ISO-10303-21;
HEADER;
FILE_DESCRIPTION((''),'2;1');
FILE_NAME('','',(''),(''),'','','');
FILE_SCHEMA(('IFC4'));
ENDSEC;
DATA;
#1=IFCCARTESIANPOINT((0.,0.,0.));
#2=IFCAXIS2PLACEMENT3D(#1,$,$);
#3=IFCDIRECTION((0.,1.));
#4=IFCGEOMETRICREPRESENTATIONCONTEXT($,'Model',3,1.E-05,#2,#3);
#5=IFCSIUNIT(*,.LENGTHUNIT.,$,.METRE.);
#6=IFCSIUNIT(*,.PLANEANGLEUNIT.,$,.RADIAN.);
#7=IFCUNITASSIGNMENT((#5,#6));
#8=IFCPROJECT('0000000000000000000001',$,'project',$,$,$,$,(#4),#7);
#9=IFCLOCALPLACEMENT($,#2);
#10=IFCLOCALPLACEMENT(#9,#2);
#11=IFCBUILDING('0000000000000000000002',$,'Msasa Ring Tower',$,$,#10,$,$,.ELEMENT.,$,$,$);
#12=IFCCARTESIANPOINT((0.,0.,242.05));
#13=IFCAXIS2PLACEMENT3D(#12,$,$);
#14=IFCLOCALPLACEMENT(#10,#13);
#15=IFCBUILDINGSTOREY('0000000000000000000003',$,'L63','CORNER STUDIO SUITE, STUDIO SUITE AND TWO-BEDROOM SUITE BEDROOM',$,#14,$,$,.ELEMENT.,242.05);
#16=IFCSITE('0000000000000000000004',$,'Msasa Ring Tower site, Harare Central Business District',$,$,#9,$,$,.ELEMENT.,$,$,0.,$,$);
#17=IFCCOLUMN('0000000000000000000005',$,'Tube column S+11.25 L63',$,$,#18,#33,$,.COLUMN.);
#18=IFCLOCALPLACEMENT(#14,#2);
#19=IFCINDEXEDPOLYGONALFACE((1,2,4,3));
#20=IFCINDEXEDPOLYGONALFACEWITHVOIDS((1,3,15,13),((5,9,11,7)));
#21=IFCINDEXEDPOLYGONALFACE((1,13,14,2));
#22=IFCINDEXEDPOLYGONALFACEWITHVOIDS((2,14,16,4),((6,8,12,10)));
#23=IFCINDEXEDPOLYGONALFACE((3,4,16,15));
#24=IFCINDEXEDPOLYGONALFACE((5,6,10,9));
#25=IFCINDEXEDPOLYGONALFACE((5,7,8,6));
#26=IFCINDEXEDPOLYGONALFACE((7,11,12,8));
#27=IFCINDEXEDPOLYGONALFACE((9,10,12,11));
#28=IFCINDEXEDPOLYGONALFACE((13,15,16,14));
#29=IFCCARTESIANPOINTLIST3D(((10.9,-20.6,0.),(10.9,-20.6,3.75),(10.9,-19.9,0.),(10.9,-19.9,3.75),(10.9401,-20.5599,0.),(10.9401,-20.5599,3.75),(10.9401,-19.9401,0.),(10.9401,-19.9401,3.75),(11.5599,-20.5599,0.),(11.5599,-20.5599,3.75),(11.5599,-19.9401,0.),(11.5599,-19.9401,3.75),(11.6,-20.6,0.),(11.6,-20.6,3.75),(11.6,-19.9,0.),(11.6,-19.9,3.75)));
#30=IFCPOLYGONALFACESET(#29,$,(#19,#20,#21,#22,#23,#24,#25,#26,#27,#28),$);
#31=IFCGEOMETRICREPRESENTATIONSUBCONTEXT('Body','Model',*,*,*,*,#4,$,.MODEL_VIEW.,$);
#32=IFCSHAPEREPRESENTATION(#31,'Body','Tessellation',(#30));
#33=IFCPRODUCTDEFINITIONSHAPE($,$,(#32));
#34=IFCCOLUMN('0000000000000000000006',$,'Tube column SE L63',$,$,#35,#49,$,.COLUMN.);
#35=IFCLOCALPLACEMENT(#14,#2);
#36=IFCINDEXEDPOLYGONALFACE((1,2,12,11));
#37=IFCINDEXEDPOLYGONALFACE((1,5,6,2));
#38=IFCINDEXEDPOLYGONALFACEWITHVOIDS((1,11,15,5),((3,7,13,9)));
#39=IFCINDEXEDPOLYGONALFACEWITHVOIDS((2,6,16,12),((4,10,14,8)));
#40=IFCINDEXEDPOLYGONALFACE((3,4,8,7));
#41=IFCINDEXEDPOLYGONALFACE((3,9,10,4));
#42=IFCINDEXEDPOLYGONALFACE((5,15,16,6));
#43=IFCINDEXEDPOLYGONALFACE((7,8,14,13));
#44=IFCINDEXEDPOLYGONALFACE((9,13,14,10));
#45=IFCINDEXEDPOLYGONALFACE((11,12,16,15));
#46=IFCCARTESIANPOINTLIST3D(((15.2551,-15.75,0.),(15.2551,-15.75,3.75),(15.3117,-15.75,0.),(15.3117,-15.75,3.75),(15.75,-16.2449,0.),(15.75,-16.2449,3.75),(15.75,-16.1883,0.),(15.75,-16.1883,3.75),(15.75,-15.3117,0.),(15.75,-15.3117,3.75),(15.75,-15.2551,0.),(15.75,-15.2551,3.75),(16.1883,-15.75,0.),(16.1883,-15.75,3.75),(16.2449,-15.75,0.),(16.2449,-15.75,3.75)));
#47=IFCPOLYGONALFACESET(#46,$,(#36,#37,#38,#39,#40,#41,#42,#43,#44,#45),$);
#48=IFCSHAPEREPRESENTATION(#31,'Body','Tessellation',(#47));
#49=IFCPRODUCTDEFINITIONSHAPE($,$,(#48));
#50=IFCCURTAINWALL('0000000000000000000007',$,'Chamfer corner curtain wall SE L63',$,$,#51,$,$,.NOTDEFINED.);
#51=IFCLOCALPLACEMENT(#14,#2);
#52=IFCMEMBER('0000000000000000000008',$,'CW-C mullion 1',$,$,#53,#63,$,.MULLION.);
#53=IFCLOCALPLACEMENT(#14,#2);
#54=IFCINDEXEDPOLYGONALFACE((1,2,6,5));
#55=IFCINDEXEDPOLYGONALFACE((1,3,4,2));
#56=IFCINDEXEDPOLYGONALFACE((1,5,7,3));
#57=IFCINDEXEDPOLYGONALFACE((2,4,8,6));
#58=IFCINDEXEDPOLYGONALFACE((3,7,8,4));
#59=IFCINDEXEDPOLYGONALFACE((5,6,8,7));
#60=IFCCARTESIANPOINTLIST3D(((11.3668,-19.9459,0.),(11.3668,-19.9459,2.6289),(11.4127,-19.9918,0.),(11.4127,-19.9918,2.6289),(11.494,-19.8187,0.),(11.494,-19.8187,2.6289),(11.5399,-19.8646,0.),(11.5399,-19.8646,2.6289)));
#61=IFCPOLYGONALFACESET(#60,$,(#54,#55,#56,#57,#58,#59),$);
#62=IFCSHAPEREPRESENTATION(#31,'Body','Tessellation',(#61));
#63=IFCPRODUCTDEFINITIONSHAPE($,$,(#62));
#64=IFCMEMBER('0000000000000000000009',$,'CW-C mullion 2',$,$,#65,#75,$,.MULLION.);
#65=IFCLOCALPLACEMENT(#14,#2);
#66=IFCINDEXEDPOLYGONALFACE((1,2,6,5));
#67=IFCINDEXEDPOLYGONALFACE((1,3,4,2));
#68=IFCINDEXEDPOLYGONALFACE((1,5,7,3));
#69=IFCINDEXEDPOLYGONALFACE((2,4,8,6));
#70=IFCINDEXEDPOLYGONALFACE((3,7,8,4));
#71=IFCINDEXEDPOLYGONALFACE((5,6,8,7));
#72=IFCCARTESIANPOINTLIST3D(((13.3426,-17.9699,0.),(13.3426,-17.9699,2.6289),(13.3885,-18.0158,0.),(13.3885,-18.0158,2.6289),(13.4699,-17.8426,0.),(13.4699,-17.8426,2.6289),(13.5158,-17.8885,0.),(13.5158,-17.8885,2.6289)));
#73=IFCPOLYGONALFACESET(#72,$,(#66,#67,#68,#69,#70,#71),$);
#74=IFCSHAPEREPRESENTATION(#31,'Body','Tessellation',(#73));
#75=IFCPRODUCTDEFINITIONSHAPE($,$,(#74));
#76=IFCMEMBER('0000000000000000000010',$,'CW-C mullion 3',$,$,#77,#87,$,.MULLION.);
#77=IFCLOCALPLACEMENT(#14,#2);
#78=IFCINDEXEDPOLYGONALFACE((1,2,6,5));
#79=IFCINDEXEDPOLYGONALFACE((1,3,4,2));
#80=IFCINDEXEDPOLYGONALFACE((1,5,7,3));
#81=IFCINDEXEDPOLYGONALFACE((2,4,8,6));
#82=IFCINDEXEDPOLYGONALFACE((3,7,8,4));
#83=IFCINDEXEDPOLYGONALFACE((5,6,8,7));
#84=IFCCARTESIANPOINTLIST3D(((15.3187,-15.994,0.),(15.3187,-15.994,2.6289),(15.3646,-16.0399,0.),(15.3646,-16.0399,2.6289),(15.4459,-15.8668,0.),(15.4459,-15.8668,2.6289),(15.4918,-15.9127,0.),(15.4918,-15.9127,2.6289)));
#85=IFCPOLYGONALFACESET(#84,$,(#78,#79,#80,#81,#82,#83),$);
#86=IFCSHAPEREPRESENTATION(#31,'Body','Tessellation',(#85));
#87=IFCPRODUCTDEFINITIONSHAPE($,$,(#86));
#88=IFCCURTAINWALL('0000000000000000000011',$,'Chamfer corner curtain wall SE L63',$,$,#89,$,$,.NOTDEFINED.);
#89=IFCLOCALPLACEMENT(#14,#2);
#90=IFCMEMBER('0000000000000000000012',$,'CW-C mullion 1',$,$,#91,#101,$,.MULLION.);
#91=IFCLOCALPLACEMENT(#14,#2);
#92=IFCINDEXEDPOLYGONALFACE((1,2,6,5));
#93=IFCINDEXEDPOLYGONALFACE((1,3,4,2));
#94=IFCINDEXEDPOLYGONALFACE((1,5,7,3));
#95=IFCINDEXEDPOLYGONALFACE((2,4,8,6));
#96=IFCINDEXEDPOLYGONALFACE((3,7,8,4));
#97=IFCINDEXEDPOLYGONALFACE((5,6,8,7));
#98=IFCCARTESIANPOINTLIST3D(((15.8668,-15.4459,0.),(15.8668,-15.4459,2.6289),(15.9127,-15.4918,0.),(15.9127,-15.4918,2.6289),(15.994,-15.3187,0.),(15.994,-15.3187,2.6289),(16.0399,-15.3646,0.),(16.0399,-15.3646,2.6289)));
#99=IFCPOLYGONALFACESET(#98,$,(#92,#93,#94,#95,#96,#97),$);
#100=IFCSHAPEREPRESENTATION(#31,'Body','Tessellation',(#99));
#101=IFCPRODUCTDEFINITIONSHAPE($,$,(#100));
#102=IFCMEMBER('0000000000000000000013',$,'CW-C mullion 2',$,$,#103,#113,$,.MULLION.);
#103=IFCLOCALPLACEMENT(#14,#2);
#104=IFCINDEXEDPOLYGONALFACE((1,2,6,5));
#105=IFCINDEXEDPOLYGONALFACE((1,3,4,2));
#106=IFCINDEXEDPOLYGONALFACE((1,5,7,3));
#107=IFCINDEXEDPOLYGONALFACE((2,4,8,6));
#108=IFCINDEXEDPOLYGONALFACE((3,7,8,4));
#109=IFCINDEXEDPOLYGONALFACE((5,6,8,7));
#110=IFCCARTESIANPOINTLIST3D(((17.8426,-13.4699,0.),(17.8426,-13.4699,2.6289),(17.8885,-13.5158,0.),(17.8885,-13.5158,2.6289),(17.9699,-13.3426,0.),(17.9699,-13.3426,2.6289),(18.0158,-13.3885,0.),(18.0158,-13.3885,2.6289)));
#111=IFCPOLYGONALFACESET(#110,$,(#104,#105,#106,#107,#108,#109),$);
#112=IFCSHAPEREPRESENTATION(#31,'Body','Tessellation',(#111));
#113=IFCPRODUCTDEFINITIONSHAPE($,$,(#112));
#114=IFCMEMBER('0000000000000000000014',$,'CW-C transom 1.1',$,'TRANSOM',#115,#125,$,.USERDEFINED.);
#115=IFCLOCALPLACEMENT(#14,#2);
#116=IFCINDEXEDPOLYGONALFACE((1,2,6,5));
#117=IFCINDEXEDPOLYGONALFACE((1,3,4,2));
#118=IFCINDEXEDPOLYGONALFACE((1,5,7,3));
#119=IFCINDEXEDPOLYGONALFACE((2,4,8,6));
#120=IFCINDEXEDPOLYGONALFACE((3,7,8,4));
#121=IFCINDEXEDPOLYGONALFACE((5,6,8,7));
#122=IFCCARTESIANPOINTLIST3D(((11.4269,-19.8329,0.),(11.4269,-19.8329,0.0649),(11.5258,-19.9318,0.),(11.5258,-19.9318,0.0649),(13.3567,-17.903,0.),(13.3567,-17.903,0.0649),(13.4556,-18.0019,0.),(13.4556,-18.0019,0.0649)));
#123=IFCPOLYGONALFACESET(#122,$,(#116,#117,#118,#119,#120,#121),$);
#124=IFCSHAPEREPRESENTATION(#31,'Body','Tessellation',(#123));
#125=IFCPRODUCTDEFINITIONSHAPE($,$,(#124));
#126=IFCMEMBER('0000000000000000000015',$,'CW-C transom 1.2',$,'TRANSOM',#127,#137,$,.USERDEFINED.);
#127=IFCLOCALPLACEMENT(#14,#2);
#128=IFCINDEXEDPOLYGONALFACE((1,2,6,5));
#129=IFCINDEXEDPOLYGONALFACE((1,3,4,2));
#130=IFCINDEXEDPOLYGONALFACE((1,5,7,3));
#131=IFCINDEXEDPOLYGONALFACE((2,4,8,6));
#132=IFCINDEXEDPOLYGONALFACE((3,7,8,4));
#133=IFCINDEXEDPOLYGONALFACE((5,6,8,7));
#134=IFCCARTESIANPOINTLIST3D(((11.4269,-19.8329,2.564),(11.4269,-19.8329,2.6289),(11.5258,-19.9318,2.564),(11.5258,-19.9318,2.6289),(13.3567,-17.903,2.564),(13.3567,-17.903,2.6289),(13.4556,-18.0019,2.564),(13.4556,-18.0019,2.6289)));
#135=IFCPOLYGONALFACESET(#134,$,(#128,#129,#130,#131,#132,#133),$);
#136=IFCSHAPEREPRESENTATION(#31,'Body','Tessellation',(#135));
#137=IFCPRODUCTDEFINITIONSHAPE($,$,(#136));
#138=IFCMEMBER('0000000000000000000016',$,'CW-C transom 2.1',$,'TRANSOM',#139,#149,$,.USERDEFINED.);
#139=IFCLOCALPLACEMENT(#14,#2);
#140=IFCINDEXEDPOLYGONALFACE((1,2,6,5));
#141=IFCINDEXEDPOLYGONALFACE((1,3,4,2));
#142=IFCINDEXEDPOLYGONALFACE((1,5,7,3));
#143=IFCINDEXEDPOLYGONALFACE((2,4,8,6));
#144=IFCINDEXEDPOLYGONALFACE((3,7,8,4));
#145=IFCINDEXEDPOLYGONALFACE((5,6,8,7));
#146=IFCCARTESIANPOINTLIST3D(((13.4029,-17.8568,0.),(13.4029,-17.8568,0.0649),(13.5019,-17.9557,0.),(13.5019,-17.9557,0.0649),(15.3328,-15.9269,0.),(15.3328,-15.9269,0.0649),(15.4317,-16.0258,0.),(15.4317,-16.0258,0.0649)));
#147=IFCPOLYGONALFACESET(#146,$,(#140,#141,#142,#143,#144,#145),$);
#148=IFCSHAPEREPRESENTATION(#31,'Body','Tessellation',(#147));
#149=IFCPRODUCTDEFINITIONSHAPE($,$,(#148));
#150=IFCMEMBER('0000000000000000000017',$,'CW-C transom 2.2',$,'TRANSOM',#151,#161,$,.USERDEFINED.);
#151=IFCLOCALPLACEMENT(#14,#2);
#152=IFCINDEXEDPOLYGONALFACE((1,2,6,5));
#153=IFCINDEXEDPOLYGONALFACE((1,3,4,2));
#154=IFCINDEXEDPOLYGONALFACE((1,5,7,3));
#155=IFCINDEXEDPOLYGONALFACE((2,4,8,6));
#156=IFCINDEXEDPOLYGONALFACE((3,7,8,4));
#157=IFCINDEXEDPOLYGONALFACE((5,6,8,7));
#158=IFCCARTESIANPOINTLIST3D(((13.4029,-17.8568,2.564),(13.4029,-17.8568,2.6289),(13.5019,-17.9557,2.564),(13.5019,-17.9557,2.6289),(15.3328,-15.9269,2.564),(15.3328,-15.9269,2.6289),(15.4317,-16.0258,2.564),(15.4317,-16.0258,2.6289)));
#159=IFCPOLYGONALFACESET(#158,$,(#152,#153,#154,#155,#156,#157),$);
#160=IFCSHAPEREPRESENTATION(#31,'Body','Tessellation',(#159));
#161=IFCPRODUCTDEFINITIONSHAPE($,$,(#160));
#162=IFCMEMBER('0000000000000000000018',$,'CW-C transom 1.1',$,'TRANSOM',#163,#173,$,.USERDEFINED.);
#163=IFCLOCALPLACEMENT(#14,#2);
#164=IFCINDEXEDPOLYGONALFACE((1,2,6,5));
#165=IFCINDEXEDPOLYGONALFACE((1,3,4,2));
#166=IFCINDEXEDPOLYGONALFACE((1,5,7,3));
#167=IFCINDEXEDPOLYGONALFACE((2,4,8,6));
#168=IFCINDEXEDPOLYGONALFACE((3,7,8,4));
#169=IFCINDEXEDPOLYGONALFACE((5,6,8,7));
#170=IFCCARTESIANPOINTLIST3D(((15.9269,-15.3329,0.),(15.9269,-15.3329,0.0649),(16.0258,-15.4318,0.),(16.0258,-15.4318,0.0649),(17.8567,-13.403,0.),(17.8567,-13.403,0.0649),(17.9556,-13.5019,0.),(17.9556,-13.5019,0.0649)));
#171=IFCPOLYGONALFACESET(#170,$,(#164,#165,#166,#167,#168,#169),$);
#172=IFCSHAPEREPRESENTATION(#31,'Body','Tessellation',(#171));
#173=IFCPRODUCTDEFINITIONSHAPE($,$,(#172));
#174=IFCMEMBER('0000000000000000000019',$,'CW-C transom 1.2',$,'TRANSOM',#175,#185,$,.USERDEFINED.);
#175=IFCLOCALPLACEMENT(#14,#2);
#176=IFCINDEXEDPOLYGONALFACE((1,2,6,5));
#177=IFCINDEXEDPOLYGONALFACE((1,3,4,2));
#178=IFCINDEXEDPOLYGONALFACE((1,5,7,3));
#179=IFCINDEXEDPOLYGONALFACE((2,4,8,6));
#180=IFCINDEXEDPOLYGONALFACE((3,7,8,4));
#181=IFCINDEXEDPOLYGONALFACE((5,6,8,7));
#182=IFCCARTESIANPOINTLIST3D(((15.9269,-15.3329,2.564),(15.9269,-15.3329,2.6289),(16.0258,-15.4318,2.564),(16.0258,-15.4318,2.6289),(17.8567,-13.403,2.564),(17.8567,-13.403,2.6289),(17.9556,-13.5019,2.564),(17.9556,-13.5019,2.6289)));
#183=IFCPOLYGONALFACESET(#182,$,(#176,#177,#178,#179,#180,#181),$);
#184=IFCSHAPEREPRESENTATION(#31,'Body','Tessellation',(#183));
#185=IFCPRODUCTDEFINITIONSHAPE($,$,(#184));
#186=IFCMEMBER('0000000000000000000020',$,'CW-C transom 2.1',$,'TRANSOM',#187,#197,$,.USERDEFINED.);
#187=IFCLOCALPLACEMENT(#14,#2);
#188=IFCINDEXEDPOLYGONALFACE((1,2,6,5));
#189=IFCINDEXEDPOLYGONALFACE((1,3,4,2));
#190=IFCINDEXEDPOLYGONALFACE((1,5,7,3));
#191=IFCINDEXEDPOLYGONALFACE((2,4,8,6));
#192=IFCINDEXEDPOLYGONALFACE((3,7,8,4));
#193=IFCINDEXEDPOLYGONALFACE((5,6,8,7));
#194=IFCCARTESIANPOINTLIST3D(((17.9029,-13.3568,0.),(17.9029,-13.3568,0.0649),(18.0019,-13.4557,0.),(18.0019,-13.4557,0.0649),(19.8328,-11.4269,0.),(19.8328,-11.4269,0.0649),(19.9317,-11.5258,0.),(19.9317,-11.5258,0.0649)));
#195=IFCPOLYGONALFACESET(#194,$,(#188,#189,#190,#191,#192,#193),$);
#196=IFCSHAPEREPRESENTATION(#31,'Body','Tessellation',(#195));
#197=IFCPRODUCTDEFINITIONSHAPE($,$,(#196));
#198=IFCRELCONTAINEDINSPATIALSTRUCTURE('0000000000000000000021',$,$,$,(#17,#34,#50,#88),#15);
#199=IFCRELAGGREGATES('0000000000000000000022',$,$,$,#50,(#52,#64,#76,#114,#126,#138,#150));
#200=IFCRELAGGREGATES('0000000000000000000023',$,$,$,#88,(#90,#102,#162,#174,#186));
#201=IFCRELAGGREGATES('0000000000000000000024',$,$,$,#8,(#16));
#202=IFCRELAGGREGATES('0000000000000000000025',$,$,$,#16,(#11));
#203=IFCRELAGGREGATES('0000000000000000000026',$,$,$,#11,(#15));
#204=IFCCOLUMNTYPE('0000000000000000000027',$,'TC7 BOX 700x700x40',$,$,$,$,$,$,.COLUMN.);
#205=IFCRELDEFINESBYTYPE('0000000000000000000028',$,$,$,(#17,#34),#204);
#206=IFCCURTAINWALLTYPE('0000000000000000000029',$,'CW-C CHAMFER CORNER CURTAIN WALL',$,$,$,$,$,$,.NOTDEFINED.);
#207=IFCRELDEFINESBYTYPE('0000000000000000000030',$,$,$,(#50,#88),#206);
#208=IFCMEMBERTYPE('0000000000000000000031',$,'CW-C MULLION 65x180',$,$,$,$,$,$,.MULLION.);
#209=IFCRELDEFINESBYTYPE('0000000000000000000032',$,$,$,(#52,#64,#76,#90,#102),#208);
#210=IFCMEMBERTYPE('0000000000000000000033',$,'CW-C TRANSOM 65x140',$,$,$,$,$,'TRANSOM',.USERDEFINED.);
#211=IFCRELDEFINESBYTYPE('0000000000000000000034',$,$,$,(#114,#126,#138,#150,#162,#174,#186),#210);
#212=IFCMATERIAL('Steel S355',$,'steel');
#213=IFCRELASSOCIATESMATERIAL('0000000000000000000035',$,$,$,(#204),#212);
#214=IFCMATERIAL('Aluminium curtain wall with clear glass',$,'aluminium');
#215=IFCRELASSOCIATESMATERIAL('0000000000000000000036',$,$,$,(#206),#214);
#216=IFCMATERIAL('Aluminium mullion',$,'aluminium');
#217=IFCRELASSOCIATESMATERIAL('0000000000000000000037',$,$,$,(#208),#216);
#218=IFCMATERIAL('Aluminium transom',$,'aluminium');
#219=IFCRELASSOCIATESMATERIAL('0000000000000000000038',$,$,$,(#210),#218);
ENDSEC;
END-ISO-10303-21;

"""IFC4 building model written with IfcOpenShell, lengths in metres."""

from ifc_helpers import new_model, si_unit, direction, frame, origin, origin_2d, place, context, subcontext, project, spatial, rectangle, hollow_rectangle, extrude, material, material_profile, profile_set, type_object, element, aggregate, save


model = new_model("IFC4")

# Units and contexts
model_context = context("Model", 3, precision=1e-05, world=origin(), true_north=direction((0.0, 1.0)))
body_context = subcontext(model_context, "Body", "Model", "MODEL_VIEW")
ifc_project = project(units=[si_unit("LENGTHUNIT", "METRE"), si_unit("PLANEANGLEUNIT", "RADIAN")], contexts=[model_context])

# Site, building, storey
site_placement = place(None, origin())
site = spatial("IfcSite", under=ifc_project, at=site_placement, Name="Msasa Ring Tower site, Harare Central Business District", CompositionType="ELEMENT", RefElevation=0.0)
building_placement = place(site_placement, origin())
building = spatial("IfcBuilding", under=site, at=building_placement, Name="Msasa Ring Tower", CompositionType="ELEMENT")
storey_placement = place(building_placement, frame((0.0, 0.0, 242.05)))
storey = spatial("IfcBuildingStorey", under=building, at=storey_placement, Name="L63", Description="CORNER STUDIO SUITE, STUDIO SUITE AND TWO-BEDROOM SUITE BEDROOM", CompositionType="ELEMENT", Elevation=242.05)

# Columns
ifc_material_1 = material(Name="Steel S355", Category="steel")
ifc_material_profile_1 = material_profile(ifc_material_1, hollow_rectangle(XDim=0.7, YDim=0.7, WallThickness=0.04, at=origin_2d()), Name="BOX 700x700x40")
ifc_profile_set_1 = profile_set([ifc_material_profile_1], Name="Steel S355")
column_type = type_object("IfcColumnType", Name="TC7 BOX 700x700x40", PredefinedType="COLUMN", material=ifc_profile_set_1)
for number, where, z_axis, x_axis, name in (
    (1, (11.25, -20.25, 0.0), (0.0, 0.0, 1.0), (0.0, 1.0, 0.0), "Tube column S+11.25 L63"),
    (2, (15.75, -15.75, 0.0), (0.0, 0.0, 1.0), (0.707107, -0.707107, 0.0), "Tube column SE L63"),
):
    element("IfcColumn", number, at=place(storey_placement, frame(where, z_axis=z_axis, x_axis=x_axis)), inside=storey, type_object=column_type, Name=name, PredefinedType="COLUMN", context=body_context, shape_type="SweptSolid", body=[
        extrude(hollow_rectangle(XDim=0.7, YDim=0.7, WallThickness=0.04, at=origin_2d()), origin(), (0.0, 0.0, 1.0), 3.75),
    ])

# Curtain walls, members
ifc_material_2 = material(Name="Aluminium curtain wall with clear glass", Category="aluminium")
curtain_wall_type = type_object("IfcCurtainWallType", Name="CW-C CHAMFER CORNER CURTAIN WALL", PredefinedType="NOTDEFINED", material=ifc_material_2)
curtain_wall_1_placement = place(storey_placement, origin())
curtain_wall_1 = element("IfcCurtainWall", 3, at=curtain_wall_1_placement, inside=storey, type_object=curtain_wall_type, Name="Chamfer corner curtain wall SE L63", PredefinedType="NOTDEFINED")
ifc_material_3 = material(Name="Aluminium mullion", Category="aluminium")
ifc_material_profile_2 = material_profile(ifc_material_3, rectangle(XDim=0.0649, YDim=0.1799, at=origin_2d()), Name="AL 65x180")
ifc_profile_set_2 = profile_set([ifc_material_profile_2], Name="Aluminium mullion")
member_type_1 = type_object("IfcMemberType", Name="CW-C MULLION 65x180", PredefinedType="MULLION", material=ifc_profile_set_2)
member_1_placement = place(storey_placement, frame((11.4534, -19.9053, 0.0), z_axis=(0.0, 0.0, 1.0), x_axis=(-0.707107, 0.707107, 0.0)))
member_1 = element("IfcMember", 4, at=member_1_placement, type_object=member_type_1, Name="CW-C mullion 1", PredefinedType="MULLION", context=body_context, shape_type="SweptSolid", body=[
    extrude(rectangle(XDim=0.0649, YDim=0.1799, at=origin_2d()), origin(), (0.0, 0.0, 1.0), 2.6289),
])
member_2_placement = place(storey_placement, frame((13.4292, -17.9292, 0.0), z_axis=(0.0, 0.0, 1.0), x_axis=(-0.707107, 0.707107, 0.0)))
member_2 = element("IfcMember", 5, at=member_2_placement, type_object=member_type_1, Name="CW-C mullion 2", PredefinedType="MULLION", context=body_context, shape_type="SweptSolid", body=[
    extrude(rectangle(XDim=0.0649, YDim=0.1799, at=origin_2d()), origin(), (0.0, 0.0, 1.0), 2.6289),
])
member_3_placement = place(storey_placement, frame((15.4053, -15.9534, 0.0), z_axis=(0.0, 0.0, 1.0), x_axis=(-0.707107, 0.707107, 0.0)))
member_3 = element("IfcMember", 6, at=member_3_placement, type_object=member_type_1, Name="CW-C mullion 3", PredefinedType="MULLION", context=body_context, shape_type="SweptSolid", body=[
    extrude(rectangle(XDim=0.0649, YDim=0.1799, at=origin_2d()), origin(), (0.0, 0.0, 1.0), 2.6289),
])
curtain_wall_2_placement = place(storey_placement, origin())
curtain_wall_2 = element("IfcCurtainWall", 7, at=curtain_wall_2_placement, inside=storey, type_object=curtain_wall_type, Name="Chamfer corner curtain wall SE L63", PredefinedType="NOTDEFINED")
member_4_placement = place(storey_placement, frame((15.9534, -15.4053, 0.0), z_axis=(0.0, 0.0, 1.0), x_axis=(-0.707107, 0.707107, 0.0)))
member_4 = element("IfcMember", 8, at=member_4_placement, type_object=member_type_1, Name="CW-C mullion 1", PredefinedType="MULLION", context=body_context, shape_type="SweptSolid", body=[
    extrude(rectangle(XDim=0.0649, YDim=0.1799, at=origin_2d()), origin(), (0.0, 0.0, 1.0), 2.6289),
])
member_5_placement = place(storey_placement, frame((17.9292, -13.4292, 0.0), z_axis=(0.0, 0.0, 1.0), x_axis=(-0.707107, 0.707107, 0.0)))
member_5 = element("IfcMember", 9, at=member_5_placement, type_object=member_type_1, Name="CW-C mullion 2", PredefinedType="MULLION", context=body_context, shape_type="SweptSolid", body=[
    extrude(rectangle(XDim=0.0649, YDim=0.1799, at=origin_2d()), origin(), (0.0, 0.0, 1.0), 2.6289),
])

# Members
ifc_material_4 = material(Name="Aluminium transom", Category="aluminium")
ifc_material_profile_3 = material_profile(ifc_material_4, rectangle(XDim=0.1399, YDim=0.0649, at=origin_2d()), Name="AL 65x140")
ifc_profile_set_3 = profile_set([ifc_material_profile_3], Name="Aluminium transom")
member_type_2 = type_object("IfcMemberType", Name="CW-C TRANSOM 65x140", ElementType="TRANSOM", PredefinedType="USERDEFINED", material=ifc_profile_set_3)
member_6_placement = place(storey_placement, frame((11.4763, -19.8823, 0.0325), z_axis=(0.707107, 0.707107, 0.0), x_axis=(-0.707107, 0.707107, 0.0)))
member_6 = element("IfcMember", 10, at=member_6_placement, type_object=member_type_2, Name="CW-C transom 1.1", ObjectType="TRANSOM", PredefinedType="USERDEFINED", context=body_context, shape_type="SweptSolid", body=[
    extrude(rectangle(XDim=0.1399, YDim=0.0649, at=origin_2d()), origin(), (0.0, 0.0, 1.0), 2.7292),
])
member_7_placement = place(storey_placement, frame((11.4763, -19.8823, 2.5964), z_axis=(0.707107, 0.707107, 0.0), x_axis=(-0.707107, 0.707107, 0.0)))
member_7 = element("IfcMember", 11, at=member_7_placement, type_object=member_type_2, Name="CW-C transom 1.2", ObjectType="TRANSOM", PredefinedType="USERDEFINED", context=body_context, shape_type="SweptSolid", body=[
    extrude(rectangle(XDim=0.1399, YDim=0.0649, at=origin_2d()), origin(), (0.0, 0.0, 1.0), 2.7292),
])
member_8_placement = place(storey_placement, frame((13.4524, -17.9062, 0.0325), z_axis=(0.707107, 0.707107, 0.0), x_axis=(-0.707107, 0.707107, 0.0)))
member_8 = element("IfcMember", 12, at=member_8_placement, type_object=member_type_2, Name="CW-C transom 2.1", ObjectType="TRANSOM", PredefinedType="USERDEFINED", context=body_context, shape_type="SweptSolid", body=[
    extrude(rectangle(XDim=0.1399, YDim=0.0649, at=origin_2d()), origin(), (0.0, 0.0, 1.0), 2.7292),
])
member_9_placement = place(storey_placement, frame((13.4524, -17.9062, 2.5964), z_axis=(0.707107, 0.707107, 0.0), x_axis=(-0.707107, 0.707107, 0.0)))
member_9 = element("IfcMember", 13, at=member_9_placement, type_object=member_type_2, Name="CW-C transom 2.2", ObjectType="TRANSOM", PredefinedType="USERDEFINED", context=body_context, shape_type="SweptSolid", body=[
    extrude(rectangle(XDim=0.1399, YDim=0.0649, at=origin_2d()), origin(), (0.0, 0.0, 1.0), 2.7292),
])
member_10_placement = place(storey_placement, frame((15.9763, -15.3823, 0.0325), z_axis=(0.707107, 0.707107, 0.0), x_axis=(-0.707107, 0.707107, 0.0)))
member_10 = element("IfcMember", 14, at=member_10_placement, type_object=member_type_2, Name="CW-C transom 1.1", ObjectType="TRANSOM", PredefinedType="USERDEFINED", context=body_context, shape_type="SweptSolid", body=[
    extrude(rectangle(XDim=0.1399, YDim=0.0649, at=origin_2d()), origin(), (0.0, 0.0, 1.0), 2.7292),
])
member_11_placement = place(storey_placement, frame((15.9763, -15.3823, 2.5964), z_axis=(0.707107, 0.707107, 0.0), x_axis=(-0.707107, 0.707107, 0.0)))
member_11 = element("IfcMember", 15, at=member_11_placement, type_object=member_type_2, Name="CW-C transom 1.2", ObjectType="TRANSOM", PredefinedType="USERDEFINED", context=body_context, shape_type="SweptSolid", body=[
    extrude(rectangle(XDim=0.1399, YDim=0.0649, at=origin_2d()), origin(), (0.0, 0.0, 1.0), 2.7292),
])
member_12_placement = place(storey_placement, frame((17.9524, -13.4062, 0.0325), z_axis=(0.707107, 0.707107, 0.0), x_axis=(-0.707107, 0.707107, 0.0)))
member_12 = element("IfcMember", 16, at=member_12_placement, type_object=member_type_2, Name="CW-C transom 2.1", ObjectType="TRANSOM", PredefinedType="USERDEFINED", context=body_context, shape_type="SweptSolid", body=[
    extrude(rectangle(XDim=0.1399, YDim=0.0649, at=origin_2d()), origin(), (0.0, 0.0, 1.0), 2.7292),
])

aggregate(curtain_wall_1, [member_1, member_2, member_3, member_6, member_7, member_8, member_9])
aggregate(curtain_wall_2, [member_4, member_5, member_10, member_11, member_12])

save(model, "model.ifc")
